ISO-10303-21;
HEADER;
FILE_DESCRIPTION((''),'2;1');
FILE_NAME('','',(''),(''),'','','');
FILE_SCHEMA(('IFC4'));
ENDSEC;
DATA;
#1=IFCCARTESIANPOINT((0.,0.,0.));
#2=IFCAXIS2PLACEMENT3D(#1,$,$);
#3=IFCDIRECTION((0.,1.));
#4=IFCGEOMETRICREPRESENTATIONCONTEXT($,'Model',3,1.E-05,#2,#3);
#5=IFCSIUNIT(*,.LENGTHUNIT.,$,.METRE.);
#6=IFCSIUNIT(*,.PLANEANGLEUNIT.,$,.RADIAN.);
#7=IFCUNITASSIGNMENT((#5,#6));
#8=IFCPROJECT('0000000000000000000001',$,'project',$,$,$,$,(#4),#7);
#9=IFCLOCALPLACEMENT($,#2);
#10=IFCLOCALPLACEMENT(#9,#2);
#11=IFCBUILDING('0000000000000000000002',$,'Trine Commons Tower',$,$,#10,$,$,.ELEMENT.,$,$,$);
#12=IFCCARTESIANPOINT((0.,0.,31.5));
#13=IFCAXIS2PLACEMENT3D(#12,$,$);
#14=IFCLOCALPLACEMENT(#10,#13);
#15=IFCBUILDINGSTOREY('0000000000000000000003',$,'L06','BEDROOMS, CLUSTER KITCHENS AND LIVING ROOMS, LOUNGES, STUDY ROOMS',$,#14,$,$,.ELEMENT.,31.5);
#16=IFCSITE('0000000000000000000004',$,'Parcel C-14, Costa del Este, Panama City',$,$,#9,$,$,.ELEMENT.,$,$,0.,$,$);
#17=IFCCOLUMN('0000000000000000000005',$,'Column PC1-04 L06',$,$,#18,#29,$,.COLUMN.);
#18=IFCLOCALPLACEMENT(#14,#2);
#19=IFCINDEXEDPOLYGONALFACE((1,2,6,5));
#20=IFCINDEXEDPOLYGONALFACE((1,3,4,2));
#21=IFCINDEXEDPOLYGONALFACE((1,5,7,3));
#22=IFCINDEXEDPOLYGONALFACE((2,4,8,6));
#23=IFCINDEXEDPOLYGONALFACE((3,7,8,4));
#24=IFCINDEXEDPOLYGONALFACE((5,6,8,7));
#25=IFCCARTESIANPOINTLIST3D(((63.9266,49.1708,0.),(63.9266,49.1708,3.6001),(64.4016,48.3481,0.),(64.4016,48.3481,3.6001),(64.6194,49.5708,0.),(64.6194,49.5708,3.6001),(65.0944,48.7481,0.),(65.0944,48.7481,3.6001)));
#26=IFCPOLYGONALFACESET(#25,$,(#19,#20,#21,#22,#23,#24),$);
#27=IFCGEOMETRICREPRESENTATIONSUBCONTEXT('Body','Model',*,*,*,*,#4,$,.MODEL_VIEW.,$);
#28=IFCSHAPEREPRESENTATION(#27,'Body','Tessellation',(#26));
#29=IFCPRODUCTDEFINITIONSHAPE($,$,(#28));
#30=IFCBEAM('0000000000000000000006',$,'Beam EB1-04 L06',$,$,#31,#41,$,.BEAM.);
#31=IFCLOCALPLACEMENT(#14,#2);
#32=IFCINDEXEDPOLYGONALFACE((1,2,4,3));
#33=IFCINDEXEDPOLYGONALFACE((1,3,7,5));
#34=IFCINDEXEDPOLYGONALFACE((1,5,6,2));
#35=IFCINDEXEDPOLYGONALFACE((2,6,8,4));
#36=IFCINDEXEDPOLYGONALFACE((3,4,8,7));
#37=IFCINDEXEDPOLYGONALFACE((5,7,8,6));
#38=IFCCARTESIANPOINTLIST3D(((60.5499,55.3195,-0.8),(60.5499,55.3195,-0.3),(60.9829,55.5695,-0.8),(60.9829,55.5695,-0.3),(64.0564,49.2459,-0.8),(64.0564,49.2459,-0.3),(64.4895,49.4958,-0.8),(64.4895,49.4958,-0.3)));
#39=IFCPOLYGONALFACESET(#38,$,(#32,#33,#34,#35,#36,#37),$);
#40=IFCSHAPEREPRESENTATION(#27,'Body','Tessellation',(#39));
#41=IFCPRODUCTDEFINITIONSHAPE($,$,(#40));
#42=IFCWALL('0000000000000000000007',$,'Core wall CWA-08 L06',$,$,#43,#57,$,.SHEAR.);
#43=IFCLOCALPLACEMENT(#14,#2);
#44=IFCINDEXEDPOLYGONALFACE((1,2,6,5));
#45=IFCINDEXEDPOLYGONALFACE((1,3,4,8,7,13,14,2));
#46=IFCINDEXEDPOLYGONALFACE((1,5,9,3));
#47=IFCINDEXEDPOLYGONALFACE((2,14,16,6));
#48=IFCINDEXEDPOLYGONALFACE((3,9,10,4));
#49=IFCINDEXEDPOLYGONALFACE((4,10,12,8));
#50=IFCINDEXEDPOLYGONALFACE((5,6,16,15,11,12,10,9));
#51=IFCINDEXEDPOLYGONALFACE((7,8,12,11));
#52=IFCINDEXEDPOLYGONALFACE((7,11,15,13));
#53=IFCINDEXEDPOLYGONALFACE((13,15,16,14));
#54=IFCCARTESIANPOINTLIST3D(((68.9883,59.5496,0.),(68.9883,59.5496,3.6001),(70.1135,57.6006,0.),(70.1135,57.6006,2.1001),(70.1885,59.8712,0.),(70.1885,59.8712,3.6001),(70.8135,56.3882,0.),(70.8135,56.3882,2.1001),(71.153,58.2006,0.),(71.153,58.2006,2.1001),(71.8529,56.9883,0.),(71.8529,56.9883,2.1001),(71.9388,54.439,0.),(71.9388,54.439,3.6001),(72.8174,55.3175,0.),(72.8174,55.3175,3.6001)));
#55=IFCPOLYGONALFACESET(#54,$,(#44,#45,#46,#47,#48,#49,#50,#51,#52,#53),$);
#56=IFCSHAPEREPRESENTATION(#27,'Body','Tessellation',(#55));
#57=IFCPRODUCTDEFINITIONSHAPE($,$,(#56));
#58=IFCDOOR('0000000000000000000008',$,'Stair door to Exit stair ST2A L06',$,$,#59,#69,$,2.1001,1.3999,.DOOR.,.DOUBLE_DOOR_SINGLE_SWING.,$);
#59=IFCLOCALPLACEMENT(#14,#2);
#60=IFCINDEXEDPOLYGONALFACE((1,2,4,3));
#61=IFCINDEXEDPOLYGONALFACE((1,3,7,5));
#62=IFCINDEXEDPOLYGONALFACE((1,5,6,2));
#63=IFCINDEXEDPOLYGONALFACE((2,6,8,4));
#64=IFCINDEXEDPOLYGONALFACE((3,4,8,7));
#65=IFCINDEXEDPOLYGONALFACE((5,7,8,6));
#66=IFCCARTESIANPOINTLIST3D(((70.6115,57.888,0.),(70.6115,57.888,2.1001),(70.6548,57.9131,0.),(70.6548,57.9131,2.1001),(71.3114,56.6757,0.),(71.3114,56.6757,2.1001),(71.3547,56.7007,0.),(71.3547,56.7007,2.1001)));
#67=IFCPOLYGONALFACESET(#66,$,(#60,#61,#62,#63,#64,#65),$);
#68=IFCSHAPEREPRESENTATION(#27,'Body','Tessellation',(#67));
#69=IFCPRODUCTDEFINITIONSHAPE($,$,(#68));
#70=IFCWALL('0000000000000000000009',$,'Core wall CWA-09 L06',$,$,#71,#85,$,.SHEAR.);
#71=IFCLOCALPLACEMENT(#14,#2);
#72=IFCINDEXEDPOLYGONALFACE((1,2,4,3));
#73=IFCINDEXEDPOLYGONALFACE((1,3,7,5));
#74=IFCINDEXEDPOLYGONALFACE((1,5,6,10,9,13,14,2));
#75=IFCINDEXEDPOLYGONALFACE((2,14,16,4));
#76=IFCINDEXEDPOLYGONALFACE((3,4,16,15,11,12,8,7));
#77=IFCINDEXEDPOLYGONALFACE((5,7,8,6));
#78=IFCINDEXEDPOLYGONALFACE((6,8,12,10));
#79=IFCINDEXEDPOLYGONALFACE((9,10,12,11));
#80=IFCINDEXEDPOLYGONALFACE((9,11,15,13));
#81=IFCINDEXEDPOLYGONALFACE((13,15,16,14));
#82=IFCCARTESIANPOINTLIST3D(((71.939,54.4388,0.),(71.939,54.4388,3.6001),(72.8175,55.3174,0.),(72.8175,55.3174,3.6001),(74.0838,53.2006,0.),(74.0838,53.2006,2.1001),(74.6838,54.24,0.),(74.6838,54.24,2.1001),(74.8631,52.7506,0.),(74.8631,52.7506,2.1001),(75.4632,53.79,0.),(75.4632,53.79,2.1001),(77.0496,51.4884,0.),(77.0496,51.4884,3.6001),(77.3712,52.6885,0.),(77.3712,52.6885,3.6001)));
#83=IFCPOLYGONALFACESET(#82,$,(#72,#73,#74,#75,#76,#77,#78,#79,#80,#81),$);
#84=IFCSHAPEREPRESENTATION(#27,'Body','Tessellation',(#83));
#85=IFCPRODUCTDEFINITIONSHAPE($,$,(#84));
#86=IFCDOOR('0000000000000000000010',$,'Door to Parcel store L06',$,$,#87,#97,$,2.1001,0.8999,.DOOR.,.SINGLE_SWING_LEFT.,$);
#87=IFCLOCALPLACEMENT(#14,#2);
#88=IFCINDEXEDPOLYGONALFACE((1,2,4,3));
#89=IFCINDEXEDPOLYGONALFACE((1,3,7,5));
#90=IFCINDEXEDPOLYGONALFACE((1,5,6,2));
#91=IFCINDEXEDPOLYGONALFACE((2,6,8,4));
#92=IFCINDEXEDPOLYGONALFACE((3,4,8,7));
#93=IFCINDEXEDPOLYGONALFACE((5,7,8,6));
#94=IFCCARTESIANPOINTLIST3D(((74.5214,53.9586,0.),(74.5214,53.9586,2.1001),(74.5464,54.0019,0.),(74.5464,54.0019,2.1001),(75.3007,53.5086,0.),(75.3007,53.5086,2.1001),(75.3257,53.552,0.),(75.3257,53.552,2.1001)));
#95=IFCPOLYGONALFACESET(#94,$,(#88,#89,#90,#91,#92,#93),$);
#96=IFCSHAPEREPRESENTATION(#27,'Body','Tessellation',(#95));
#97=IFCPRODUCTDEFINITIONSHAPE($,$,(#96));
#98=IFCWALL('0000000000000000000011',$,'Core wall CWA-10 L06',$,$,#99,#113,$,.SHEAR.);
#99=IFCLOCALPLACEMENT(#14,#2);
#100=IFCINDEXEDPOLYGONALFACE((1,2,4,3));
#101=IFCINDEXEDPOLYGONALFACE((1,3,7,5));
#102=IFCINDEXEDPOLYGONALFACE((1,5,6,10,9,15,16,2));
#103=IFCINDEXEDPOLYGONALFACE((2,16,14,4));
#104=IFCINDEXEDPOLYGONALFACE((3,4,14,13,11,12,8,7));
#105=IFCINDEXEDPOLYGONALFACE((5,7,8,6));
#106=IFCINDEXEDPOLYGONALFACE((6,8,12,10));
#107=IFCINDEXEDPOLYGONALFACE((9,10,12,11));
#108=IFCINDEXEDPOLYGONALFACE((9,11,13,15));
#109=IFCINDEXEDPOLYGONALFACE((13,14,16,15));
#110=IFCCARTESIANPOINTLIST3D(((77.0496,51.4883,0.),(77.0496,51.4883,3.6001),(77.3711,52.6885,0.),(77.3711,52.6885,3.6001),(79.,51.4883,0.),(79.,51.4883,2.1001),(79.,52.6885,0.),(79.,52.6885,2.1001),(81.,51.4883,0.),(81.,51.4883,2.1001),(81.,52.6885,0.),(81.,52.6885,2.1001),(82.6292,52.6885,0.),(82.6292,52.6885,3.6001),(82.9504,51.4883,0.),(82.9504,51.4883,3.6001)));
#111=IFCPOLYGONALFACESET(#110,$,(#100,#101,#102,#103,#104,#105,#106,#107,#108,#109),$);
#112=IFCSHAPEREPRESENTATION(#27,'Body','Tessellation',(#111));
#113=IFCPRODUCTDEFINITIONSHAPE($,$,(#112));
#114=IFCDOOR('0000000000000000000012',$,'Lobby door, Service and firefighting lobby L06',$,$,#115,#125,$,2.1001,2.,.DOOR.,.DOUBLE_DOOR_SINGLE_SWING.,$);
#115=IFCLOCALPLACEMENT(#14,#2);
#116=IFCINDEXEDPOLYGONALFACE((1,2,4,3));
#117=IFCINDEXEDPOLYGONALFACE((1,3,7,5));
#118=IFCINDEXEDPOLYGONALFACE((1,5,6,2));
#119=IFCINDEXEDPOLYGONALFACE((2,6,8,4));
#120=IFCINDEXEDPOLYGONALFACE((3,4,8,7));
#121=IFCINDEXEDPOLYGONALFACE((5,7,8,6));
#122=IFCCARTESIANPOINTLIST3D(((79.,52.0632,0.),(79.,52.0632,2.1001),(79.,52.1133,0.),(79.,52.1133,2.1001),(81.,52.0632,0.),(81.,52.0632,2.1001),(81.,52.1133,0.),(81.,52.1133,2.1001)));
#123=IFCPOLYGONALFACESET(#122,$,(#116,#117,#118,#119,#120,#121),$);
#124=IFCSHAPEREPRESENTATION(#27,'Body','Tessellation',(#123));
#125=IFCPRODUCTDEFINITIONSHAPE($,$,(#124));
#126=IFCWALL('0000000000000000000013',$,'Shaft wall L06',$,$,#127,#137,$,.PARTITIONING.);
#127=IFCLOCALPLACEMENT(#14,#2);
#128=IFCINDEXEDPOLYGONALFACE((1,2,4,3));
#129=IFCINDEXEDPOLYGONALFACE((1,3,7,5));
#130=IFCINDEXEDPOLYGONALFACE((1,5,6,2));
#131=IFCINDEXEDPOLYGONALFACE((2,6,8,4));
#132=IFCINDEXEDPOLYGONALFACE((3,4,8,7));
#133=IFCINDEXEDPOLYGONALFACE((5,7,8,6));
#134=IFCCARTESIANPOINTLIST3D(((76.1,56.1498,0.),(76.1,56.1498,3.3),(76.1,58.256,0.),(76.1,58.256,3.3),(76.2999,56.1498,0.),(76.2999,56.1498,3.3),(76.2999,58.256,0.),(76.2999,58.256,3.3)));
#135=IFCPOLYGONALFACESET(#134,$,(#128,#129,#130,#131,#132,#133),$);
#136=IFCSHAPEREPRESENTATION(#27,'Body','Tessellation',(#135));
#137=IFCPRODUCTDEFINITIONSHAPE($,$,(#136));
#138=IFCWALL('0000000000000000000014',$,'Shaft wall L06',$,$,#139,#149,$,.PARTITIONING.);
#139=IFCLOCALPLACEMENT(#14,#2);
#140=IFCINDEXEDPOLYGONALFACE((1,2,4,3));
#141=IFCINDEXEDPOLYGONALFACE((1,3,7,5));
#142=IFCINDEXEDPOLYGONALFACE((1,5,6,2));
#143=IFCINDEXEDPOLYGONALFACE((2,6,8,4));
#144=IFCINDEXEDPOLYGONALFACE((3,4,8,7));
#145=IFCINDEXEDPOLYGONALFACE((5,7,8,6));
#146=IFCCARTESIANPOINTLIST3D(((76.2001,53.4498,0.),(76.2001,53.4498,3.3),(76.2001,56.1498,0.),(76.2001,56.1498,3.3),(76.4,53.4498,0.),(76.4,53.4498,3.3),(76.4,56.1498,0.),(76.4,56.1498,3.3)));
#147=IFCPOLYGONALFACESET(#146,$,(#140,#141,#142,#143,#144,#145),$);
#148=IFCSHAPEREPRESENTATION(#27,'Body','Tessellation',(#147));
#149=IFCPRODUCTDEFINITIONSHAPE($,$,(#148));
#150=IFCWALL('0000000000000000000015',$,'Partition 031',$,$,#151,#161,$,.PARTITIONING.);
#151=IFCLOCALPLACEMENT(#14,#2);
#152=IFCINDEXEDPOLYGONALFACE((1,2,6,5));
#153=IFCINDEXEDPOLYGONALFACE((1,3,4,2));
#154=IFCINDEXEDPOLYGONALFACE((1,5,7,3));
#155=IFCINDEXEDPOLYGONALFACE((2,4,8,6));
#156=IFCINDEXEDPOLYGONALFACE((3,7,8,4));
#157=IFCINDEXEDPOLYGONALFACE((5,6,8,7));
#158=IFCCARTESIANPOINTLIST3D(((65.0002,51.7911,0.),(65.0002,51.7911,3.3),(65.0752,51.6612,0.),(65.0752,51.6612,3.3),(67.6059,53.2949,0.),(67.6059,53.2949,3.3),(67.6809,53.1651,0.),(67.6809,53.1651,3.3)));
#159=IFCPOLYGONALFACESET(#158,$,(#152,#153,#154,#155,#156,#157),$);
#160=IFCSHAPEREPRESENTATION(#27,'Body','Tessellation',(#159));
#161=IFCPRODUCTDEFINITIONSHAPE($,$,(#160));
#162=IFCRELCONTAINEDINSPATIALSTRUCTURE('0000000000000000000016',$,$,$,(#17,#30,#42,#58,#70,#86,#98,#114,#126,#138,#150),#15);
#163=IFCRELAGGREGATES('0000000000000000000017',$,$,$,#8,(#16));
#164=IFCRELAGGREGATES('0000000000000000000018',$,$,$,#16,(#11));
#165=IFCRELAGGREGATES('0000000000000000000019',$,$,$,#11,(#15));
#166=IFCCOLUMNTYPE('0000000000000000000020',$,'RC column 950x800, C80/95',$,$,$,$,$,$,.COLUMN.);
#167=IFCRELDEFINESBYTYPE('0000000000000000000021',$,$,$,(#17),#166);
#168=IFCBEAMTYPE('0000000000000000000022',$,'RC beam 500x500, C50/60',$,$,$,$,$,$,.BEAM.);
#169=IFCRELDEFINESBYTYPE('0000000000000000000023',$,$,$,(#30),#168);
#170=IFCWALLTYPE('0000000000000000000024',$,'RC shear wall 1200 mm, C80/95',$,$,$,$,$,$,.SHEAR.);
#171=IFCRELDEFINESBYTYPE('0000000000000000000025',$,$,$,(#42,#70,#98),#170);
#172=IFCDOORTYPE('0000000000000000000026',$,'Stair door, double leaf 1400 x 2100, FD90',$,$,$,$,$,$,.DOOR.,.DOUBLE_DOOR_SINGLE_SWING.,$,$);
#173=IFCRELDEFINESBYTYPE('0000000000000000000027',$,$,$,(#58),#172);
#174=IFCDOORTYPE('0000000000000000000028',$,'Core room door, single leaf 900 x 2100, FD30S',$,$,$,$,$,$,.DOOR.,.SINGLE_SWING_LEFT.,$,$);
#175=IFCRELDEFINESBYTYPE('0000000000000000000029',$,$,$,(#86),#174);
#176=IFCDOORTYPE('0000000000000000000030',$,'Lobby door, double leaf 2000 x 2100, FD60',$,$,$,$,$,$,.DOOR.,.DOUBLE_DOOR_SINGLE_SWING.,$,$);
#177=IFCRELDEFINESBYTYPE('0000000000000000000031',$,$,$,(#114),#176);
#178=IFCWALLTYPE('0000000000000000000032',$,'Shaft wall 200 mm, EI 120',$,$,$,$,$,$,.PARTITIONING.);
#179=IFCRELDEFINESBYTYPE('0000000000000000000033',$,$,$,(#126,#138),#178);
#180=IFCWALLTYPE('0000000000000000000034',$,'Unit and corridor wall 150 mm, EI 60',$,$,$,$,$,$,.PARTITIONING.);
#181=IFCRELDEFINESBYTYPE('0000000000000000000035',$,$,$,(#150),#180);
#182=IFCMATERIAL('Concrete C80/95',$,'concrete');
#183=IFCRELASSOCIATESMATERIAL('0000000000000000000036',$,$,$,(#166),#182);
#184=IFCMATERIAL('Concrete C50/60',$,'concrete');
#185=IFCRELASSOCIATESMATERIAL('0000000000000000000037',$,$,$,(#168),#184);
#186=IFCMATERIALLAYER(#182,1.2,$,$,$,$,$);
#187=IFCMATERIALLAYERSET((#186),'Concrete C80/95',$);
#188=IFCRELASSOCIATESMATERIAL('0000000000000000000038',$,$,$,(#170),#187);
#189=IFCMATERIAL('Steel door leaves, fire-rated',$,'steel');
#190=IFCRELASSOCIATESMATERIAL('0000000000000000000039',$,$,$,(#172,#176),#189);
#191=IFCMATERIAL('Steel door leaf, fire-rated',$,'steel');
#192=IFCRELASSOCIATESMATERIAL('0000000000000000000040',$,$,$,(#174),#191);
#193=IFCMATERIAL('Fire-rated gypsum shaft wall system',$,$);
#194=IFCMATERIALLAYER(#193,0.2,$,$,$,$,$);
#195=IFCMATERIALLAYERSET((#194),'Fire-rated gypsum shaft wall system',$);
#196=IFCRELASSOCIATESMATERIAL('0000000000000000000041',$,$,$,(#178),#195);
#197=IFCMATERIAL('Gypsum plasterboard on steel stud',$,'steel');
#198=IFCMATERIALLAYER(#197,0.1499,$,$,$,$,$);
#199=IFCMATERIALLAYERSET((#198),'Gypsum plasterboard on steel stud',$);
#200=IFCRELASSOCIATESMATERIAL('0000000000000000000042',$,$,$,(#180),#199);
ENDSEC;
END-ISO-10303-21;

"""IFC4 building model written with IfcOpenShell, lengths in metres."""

from ifc_helpers import new_model, si_unit, direction, frame, frame_2d, origin, origin_2d, place, context, subcontext, project, spatial, polyline, rectangle, outline, extrude, material, layer, layer_set, material_profile, profile_set, type_object, element, fill, save


model = new_model("IFC4")

# Units and contexts
model_context = context("Model", 3, precision=1e-05, world=origin(), true_north=direction((0.0, 1.0)))
body_context = subcontext(model_context, "Body", "Model", "MODEL_VIEW")
ifc_project = project(units=[si_unit("LENGTHUNIT", "METRE"), si_unit("PLANEANGLEUNIT", "RADIAN")], contexts=[model_context])

# Site, building, storey
site_placement = place(None, origin())
site = spatial("IfcSite", under=ifc_project, at=site_placement, Name="Parcel C-14, Costa del Este, Panama City", CompositionType="ELEMENT", RefElevation=0.0)
building_placement = place(site_placement, origin())
building = spatial("IfcBuilding", under=site, at=building_placement, Name="Trine Commons Tower", CompositionType="ELEMENT")
storey_placement = place(building_placement, frame((0.0, 0.0, 31.5)))
storey = spatial("IfcBuildingStorey", under=building, at=storey_placement, Name="L06", Description="BEDROOMS, CLUSTER KITCHENS AND LIVING ROOMS, LOUNGES, STUDY ROOMS", CompositionType="ELEMENT", Elevation=31.5)

# Column
ifc_material_1 = material(Name="Concrete C80/95", Category="concrete")
ifc_material_profile_1 = material_profile(ifc_material_1, rectangle(XDim=0.95, YDim=0.8, at=origin_2d()), Name="RC 950x800")
ifc_profile_set_1 = profile_set([ifc_material_profile_1], Name="Concrete C80/95")
column_type = type_object("IfcColumnType", Name="RC column 950x800, C80/95", PredefinedType="COLUMN", material=ifc_profile_set_1)
column_placement = place(storey_placement, frame((64.5105, 48.9595, 0.0), z_axis=(0.0, 0.0, 1.0), x_axis=(-0.5, 0.866025, 0.0)))
element("IfcColumn", 1, at=column_placement, inside=storey, type_object=column_type, Name="Column PC1-04 L06", PredefinedType="COLUMN", context=body_context, shape_type="SweptSolid", body=[
    extrude(rectangle(XDim=0.95, YDim=0.8, at=origin_2d()), origin(), (0.0, 0.0, 1.0), 3.6001),
])

# Beam
ifc_material_2 = material(Name="Concrete C50/60", Category="concrete")
ifc_material_profile_2 = material_profile(ifc_material_2, rectangle(XDim=0.5, YDim=0.5, at=origin_2d()), Name="RC 500x500")
ifc_profile_set_2 = profile_set([ifc_material_profile_2], Name="Concrete C50/60")
beam_type = type_object("IfcBeamType", Name="RC beam 500x500, C50/60", PredefinedType="BEAM", material=ifc_profile_set_2)
beam_placement = place(storey_placement, frame((64.2729, 49.3708, -0.55), z_axis=(-0.499992, 0.86603, 0.0), x_axis=(-0.86603, -0.499992, 0.0)))
element("IfcBeam", 2, at=beam_placement, inside=storey, type_object=beam_type, Name="Beam EB1-04 L06", PredefinedType="BEAM", context=body_context, shape_type="SweptSolid", body=[
    extrude(rectangle(XDim=0.5, YDim=0.5, at=origin_2d()), origin(), (0.0, 0.0, 1.0), 7.0132),
])

# Walls, openings, doors
ifc_layer_1 = layer(ifc_material_1, 1.2)
ifc_layer_set_1 = layer_set([ifc_layer_1], Name="Concrete C80/95")
wall_type_1 = type_object("IfcWallType", Name="RC shear wall 1200 mm, C80/95", PredefinedType="SHEAR", material=ifc_layer_set_1)
wall_1_placement = place(storey_placement, frame((69.5081, 59.8496, 0.0), z_axis=(0.0, 0.0, 1.0), x_axis=(0.499979, -0.866037, 0.0)))
wall_1 = element("IfcWall", 3, at=wall_1_placement, inside=storey, type_object=wall_type_1, Name="Core wall CWA-08 L06", PredefinedType="SHEAR", context=body_context, shape_type="SweptSolid", body=[
    extrude(outline(polyline([(0.0, -0.6001), (5.9011, -0.6001), (5.5796, 0.6001), (0.3215, 0.6001), (0.0, -0.6001)])), origin(), (0.0, 0.0, 1.0), 3.6001),
])
opening_1_placement = place(wall_1_placement, frame((2.2505, 0.0, 0.0)))
opening_1 = element("IfcOpeningElement", 4, at=opening_1_placement, cuts=wall_1, PredefinedType="OPENING", context=body_context, shape_type="SweptSolid", body=[
    extrude(rectangle(XDim=1.3999, YDim=2.1001, at=frame_2d((0.7, 1.05))), frame((0.0, 0.6099, 0.0), z_axis=(0.0, -1.0, 0.0), x_axis=(1.0, 0.0, 0.0)), (0.0, 0.0, 1.0), 1.22),
])
ifc_material_3 = material(Name="Steel door leaves, fire-rated", Category="steel")
door_type_1 = type_object("IfcDoorType", Name="Stair door, double leaf 1400 x 2100, FD90", OperationType="DOUBLE_DOOR_SINGLE_SWING", PredefinedType="DOOR", material=ifc_material_3)
door_1_placement = place(opening_1_placement, origin())
door_1 = element("IfcDoor", 5, at=door_1_placement, inside=storey, type_object=door_type_1, Name="Stair door to Exit stair ST2A L06", OperationType="DOUBLE_DOOR_SINGLE_SWING", OverallHeight=2.1001, OverallWidth=1.3999, PredefinedType="DOOR", context=body_context, shape_type="SweptSolid", body=[
    extrude(rectangle(XDim=1.3999, YDim=2.1001, at=frame_2d((0.7, 1.05))), frame((0.0, 0.0249, 0.0), z_axis=(0.0, -1.0, 0.0), x_axis=(1.0, 0.0, 0.0)), (0.0, 0.0, 1.0), 0.05),
])
fill(opening_1, door_1)
wall_2_placement = place(storey_placement, frame((72.239, 54.9585, 0.0), z_axis=(0.0, 0.0, 1.0), x_axis=(0.866037, -0.499979, 0.0)))
wall_2 = element("IfcWall", 6, at=wall_2_placement, inside=storey, type_object=wall_type_1, Name="Core wall CWA-09 L06", PredefinedType="SHEAR", context=body_context, shape_type="SweptSolid", body=[
    extrude(outline(polyline([(0.0, -0.6001), (5.9011, -0.6001), (5.5796, 0.6001), (0.3215, 0.6001), (0.0, -0.6001)])), origin(), (0.0, 0.0, 1.0), 3.6001),
])
opening_2_placement = place(wall_2_placement, frame((2.4766, 0.0, 0.0)))
opening_2 = element("IfcOpeningElement", 7, at=opening_2_placement, cuts=wall_2, PredefinedType="OPENING", context=body_context, shape_type="SweptSolid", body=[
    extrude(rectangle(XDim=0.8999, YDim=2.1001, at=frame_2d((0.45, 1.05))), frame((0.0, 0.6099, 0.0), z_axis=(0.0, -1.0, 0.0), x_axis=(1.0, 0.0, 0.0)), (0.0, 0.0, 1.0), 1.22),
])
ifc_material_4 = material(Name="Steel door leaf, fire-rated", Category="steel")
door_type_2 = type_object("IfcDoorType", Name="Core room door, single leaf 900 x 2100, FD30S", OperationType="SINGLE_SWING_LEFT", PredefinedType="DOOR", material=ifc_material_4)
door_2_placement = place(opening_2_placement, origin())
door_2 = element("IfcDoor", 8, at=door_2_placement, inside=storey, type_object=door_type_2, Name="Door to Parcel store L06", OperationType="SINGLE_SWING_LEFT", OverallHeight=2.1001, OverallWidth=0.8999, PredefinedType="DOOR", context=body_context, shape_type="SweptSolid", body=[
    extrude(rectangle(XDim=0.8999, YDim=2.1001, at=frame_2d((0.45, 1.05))), frame((0.0, 0.3252, 0.0), z_axis=(0.0, -1.0, 0.0), x_axis=(1.0, 0.0, 0.0)), (0.0, 0.0, 1.0), 0.05),
])
fill(opening_2, door_2)
wall_3_placement = place(storey_placement, frame((77.0496, 52.0884, 0.0), z_axis=(0.0, 0.0, 1.0), x_axis=(1.0, 0.0, 0.0)))
wall_3 = element("IfcWall", 9, at=wall_3_placement, inside=storey, type_object=wall_type_1, Name="Core wall CWA-10 L06", PredefinedType="SHEAR", context=body_context, shape_type="SweptSolid", body=[
    extrude(outline(polyline([(0.0, -0.6001), (5.9009, -0.6001), (5.5796, 0.6001), (0.3215, 0.6001), (0.0, -0.6001)])), origin(), (0.0, 0.0, 1.0), 3.6001),
])
opening_3_placement = place(wall_3_placement, frame((1.9504, 0.0, 0.0)))
opening_3 = element("IfcOpeningElement", 10, at=opening_3_placement, cuts=wall_3, PredefinedType="OPENING", context=body_context, shape_type="SweptSolid", body=[
    extrude(rectangle(XDim=2.0, YDim=2.1001, at=frame_2d((1.0, 1.05))), frame((0.0, 0.6099, 0.0), z_axis=(0.0, -1.0, 0.0), x_axis=(1.0, 0.0, 0.0)), (0.0, 0.0, 1.0), 1.22),
])
door_type_3 = type_object("IfcDoorType", Name="Lobby door, double leaf 2000 x 2100, FD60", OperationType="DOUBLE_DOOR_SINGLE_SWING", PredefinedType="DOOR", material=ifc_material_3)
door_3_placement = place(opening_3_placement, origin())
door_3 = element("IfcDoor", 11, at=door_3_placement, inside=storey, type_object=door_type_3, Name="Lobby door, Service and firefighting lobby L06", OperationType="DOUBLE_DOOR_SINGLE_SWING", OverallHeight=2.1001, OverallWidth=2.0, PredefinedType="DOOR", context=body_context, shape_type="SweptSolid", body=[
    extrude(rectangle(XDim=2.0, YDim=2.1001, at=frame_2d((1.0, 1.05))), frame((0.0, 0.0249, 0.0), z_axis=(0.0, -1.0, 0.0), x_axis=(1.0, 0.0, 0.0)), (0.0, 0.0, 1.0), 0.05),
])
fill(opening_3, door_3)

# Walls
ifc_material_5 = material(Name="Fire-rated gypsum shaft wall system")
ifc_layer_2 = layer(ifc_material_5, 0.2)
ifc_layer_set_2 = layer_set([ifc_layer_2], Name="Fire-rated gypsum shaft wall system")
wall_type_2 = type_object("IfcWallType", Name="Shaft wall 200 mm, EI 120", PredefinedType="PARTITIONING", material=ifc_layer_set_2)
wall_4_placement = place(storey_placement, frame((76.2, 58.2561, 0.0), z_axis=(0.0, 0.0, 1.0), x_axis=(0.0, -1.0, 0.0)))
element("IfcWall", 12, at=wall_4_placement, inside=storey, type_object=wall_type_2, Name="Shaft wall L06", PredefinedType="PARTITIONING", context=body_context, shape_type="SweptSolid", body=[
    extrude(rectangle(XDim=2.1062, YDim=0.2, at=frame_2d((1.0532, 0.0))), origin(), (0.0, 0.0, 1.0), 3.3),
])
wall_5_placement = place(storey_placement, frame((76.3, 56.1499, 0.0), z_axis=(0.0, 0.0, 1.0), x_axis=(0.0, -1.0, 0.0)))
element("IfcWall", 13, at=wall_5_placement, inside=storey, type_object=wall_type_2, Name="Shaft wall L06", PredefinedType="PARTITIONING", context=body_context, shape_type="SweptSolid", body=[
    extrude(rectangle(XDim=2.7, YDim=0.2, at=frame_2d((1.3501, 0.0))), origin(), (0.0, 0.0, 1.0), 3.3),
])
ifc_material_6 = material(Name="Gypsum plasterboard on steel stud", Category="steel")
ifc_layer_3 = layer(ifc_material_6, 0.1499)
ifc_layer_set_3 = layer_set([ifc_layer_3], Name="Gypsum plasterboard on steel stud")
wall_type_3 = type_object("IfcWallType", Name="Unit and corridor wall 150 mm, EI 60", PredefinedType="PARTITIONING", material=ifc_layer_set_3)
wall_6_placement = place(storey_placement, frame((65.0376, 51.7261, 0.0), z_axis=(0.0, 0.0, 1.0), x_axis=(0.866098, 0.499875, 0.0)))
element("IfcWall", 14, at=wall_6_placement, inside=storey, type_object=wall_type_3, Name="Partition 031", PredefinedType="PARTITIONING", context=body_context, shape_type="SweptSolid", body=[
    extrude(rectangle(XDim=3.0085, YDim=0.1499, at=frame_2d((1.5044, 0.0))), origin(), (0.0, 0.0, 1.0), 3.3),
])

save(model, "model.ifc")
